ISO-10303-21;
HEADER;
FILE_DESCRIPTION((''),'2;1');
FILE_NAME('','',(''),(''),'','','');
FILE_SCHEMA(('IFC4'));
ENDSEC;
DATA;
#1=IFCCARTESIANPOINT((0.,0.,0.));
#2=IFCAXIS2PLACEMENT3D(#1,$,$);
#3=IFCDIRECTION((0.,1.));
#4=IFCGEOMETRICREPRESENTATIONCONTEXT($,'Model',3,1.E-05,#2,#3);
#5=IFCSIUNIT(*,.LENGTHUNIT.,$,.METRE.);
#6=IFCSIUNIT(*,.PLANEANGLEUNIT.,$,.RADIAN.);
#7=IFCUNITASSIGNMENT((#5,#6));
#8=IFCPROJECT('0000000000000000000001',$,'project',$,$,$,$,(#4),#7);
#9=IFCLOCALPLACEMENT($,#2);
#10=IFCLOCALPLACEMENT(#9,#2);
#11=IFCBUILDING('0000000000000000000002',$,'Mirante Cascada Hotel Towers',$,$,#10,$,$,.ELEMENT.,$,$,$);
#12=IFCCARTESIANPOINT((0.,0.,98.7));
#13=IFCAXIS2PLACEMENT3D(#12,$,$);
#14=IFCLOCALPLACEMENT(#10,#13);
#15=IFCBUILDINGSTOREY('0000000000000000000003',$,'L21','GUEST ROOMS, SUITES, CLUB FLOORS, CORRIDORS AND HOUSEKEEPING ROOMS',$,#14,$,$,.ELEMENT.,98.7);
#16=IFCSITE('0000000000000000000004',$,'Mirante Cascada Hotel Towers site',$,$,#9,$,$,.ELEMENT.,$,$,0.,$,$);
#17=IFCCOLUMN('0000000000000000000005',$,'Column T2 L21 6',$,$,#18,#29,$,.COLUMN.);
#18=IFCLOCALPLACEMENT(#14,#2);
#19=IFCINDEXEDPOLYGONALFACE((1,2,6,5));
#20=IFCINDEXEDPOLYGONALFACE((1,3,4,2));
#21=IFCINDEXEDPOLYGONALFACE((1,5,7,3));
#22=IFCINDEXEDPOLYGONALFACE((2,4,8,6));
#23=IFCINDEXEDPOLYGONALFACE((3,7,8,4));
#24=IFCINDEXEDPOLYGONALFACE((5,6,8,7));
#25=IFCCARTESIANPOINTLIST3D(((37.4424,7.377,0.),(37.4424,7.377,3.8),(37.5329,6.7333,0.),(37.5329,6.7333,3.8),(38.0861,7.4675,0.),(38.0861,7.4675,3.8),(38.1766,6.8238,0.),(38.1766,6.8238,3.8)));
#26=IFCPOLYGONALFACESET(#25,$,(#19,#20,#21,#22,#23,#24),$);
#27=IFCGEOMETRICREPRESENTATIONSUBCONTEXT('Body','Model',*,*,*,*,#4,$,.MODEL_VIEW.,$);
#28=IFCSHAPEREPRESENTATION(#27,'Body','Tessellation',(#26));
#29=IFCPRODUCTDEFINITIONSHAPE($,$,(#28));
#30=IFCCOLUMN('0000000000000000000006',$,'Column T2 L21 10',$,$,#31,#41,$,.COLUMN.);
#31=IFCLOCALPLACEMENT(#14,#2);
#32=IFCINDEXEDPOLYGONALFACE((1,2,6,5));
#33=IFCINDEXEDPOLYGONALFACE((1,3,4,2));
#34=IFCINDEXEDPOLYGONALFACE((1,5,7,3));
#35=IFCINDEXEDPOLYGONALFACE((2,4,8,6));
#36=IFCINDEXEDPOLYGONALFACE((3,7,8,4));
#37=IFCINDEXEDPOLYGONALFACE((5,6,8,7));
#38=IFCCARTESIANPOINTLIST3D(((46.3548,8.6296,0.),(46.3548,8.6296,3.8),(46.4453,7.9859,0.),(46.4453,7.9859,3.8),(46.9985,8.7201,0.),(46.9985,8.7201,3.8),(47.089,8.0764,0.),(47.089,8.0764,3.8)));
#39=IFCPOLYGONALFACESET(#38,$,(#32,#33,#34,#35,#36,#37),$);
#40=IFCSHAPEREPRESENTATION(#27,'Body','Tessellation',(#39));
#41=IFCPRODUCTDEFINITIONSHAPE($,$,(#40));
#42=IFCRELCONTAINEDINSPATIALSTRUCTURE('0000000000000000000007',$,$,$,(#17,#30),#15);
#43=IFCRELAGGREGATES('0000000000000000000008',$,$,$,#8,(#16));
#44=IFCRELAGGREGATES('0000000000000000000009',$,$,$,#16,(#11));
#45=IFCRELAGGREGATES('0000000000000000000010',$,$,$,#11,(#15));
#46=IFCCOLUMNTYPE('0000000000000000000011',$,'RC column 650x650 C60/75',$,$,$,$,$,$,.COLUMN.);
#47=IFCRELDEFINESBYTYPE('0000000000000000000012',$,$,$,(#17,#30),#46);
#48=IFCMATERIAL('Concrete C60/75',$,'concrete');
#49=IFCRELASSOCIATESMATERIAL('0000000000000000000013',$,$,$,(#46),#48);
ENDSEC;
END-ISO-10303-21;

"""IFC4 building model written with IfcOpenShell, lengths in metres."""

from ifc_helpers import new_model, si_unit, direction, frame, origin, origin_2d, place, context, subcontext, project, spatial, rectangle, extrude, material, material_profile, profile_set, type_object, element, save


model = new_model("IFC4")

# Units and contexts
model_context = context("Model", 3, precision=1e-05, world=origin(), true_north=direction((0.0, 1.0)))
body_context = subcontext(model_context, "Body", "Model", "MODEL_VIEW")
ifc_project = project(units=[si_unit("LENGTHUNIT", "METRE"), si_unit("PLANEANGLEUNIT", "RADIAN")], contexts=[model_context])

# Site, building, storey
site_placement = place(None, origin())
site = spatial("IfcSite", under=ifc_project, at=site_placement, Name="Mirante Cascada Hotel Towers site", CompositionType="ELEMENT", RefElevation=0.0)
building_placement = place(site_placement, origin())
building = spatial("IfcBuilding", under=site, at=building_placement, Name="Mirante Cascada Hotel Towers", CompositionType="ELEMENT")
storey_placement = place(building_placement, frame((0.0, 0.0, 98.7)))
storey = spatial("IfcBuildingStorey", under=building, at=storey_placement, Name="L21", Description="GUEST ROOMS, SUITES, CLUB FLOORS, CORRIDORS AND HOUSEKEEPING ROOMS", CompositionType="ELEMENT", Elevation=98.7)

# Columns
ifc_material_1 = material(Name="Concrete C60/75", Category="concrete")
ifc_material_profile = material_profile(ifc_material_1, rectangle(XDim=0.65, YDim=0.65, at=origin_2d()), Name="RC column 650x650 C60/75")
ifc_profile_set = profile_set([ifc_material_profile], Name="Concrete C60/75")
column_type = type_object("IfcColumnType", Name="RC column 650x650 C60/75", PredefinedType="COLUMN", material=ifc_profile_set)
for number, where, z_axis, x_axis, name in (
    (1, (37.8095, 7.1004, 0.0), (0.0, 0.0, 1.0), (0.990268, 0.139173, 0.0), "Column T2 L21 6"),
    (2, (46.7219, 8.353, 0.0), (0.0, 0.0, 1.0), (0.990268, 0.139173, 0.0), "Column T2 L21 10"),
):
    element("IfcColumn", number, at=place(storey_placement, frame(where, z_axis=z_axis, x_axis=x_axis)), inside=storey, type_object=column_type, Name=name, PredefinedType="COLUMN", context=body_context, shape_type="SweptSolid", body=[
        extrude(rectangle(XDim=0.65, YDim=0.65, at=origin_2d()), origin(), (0.0, 0.0, 1.0), 3.8),
    ])

save(model, "model.ifc")
